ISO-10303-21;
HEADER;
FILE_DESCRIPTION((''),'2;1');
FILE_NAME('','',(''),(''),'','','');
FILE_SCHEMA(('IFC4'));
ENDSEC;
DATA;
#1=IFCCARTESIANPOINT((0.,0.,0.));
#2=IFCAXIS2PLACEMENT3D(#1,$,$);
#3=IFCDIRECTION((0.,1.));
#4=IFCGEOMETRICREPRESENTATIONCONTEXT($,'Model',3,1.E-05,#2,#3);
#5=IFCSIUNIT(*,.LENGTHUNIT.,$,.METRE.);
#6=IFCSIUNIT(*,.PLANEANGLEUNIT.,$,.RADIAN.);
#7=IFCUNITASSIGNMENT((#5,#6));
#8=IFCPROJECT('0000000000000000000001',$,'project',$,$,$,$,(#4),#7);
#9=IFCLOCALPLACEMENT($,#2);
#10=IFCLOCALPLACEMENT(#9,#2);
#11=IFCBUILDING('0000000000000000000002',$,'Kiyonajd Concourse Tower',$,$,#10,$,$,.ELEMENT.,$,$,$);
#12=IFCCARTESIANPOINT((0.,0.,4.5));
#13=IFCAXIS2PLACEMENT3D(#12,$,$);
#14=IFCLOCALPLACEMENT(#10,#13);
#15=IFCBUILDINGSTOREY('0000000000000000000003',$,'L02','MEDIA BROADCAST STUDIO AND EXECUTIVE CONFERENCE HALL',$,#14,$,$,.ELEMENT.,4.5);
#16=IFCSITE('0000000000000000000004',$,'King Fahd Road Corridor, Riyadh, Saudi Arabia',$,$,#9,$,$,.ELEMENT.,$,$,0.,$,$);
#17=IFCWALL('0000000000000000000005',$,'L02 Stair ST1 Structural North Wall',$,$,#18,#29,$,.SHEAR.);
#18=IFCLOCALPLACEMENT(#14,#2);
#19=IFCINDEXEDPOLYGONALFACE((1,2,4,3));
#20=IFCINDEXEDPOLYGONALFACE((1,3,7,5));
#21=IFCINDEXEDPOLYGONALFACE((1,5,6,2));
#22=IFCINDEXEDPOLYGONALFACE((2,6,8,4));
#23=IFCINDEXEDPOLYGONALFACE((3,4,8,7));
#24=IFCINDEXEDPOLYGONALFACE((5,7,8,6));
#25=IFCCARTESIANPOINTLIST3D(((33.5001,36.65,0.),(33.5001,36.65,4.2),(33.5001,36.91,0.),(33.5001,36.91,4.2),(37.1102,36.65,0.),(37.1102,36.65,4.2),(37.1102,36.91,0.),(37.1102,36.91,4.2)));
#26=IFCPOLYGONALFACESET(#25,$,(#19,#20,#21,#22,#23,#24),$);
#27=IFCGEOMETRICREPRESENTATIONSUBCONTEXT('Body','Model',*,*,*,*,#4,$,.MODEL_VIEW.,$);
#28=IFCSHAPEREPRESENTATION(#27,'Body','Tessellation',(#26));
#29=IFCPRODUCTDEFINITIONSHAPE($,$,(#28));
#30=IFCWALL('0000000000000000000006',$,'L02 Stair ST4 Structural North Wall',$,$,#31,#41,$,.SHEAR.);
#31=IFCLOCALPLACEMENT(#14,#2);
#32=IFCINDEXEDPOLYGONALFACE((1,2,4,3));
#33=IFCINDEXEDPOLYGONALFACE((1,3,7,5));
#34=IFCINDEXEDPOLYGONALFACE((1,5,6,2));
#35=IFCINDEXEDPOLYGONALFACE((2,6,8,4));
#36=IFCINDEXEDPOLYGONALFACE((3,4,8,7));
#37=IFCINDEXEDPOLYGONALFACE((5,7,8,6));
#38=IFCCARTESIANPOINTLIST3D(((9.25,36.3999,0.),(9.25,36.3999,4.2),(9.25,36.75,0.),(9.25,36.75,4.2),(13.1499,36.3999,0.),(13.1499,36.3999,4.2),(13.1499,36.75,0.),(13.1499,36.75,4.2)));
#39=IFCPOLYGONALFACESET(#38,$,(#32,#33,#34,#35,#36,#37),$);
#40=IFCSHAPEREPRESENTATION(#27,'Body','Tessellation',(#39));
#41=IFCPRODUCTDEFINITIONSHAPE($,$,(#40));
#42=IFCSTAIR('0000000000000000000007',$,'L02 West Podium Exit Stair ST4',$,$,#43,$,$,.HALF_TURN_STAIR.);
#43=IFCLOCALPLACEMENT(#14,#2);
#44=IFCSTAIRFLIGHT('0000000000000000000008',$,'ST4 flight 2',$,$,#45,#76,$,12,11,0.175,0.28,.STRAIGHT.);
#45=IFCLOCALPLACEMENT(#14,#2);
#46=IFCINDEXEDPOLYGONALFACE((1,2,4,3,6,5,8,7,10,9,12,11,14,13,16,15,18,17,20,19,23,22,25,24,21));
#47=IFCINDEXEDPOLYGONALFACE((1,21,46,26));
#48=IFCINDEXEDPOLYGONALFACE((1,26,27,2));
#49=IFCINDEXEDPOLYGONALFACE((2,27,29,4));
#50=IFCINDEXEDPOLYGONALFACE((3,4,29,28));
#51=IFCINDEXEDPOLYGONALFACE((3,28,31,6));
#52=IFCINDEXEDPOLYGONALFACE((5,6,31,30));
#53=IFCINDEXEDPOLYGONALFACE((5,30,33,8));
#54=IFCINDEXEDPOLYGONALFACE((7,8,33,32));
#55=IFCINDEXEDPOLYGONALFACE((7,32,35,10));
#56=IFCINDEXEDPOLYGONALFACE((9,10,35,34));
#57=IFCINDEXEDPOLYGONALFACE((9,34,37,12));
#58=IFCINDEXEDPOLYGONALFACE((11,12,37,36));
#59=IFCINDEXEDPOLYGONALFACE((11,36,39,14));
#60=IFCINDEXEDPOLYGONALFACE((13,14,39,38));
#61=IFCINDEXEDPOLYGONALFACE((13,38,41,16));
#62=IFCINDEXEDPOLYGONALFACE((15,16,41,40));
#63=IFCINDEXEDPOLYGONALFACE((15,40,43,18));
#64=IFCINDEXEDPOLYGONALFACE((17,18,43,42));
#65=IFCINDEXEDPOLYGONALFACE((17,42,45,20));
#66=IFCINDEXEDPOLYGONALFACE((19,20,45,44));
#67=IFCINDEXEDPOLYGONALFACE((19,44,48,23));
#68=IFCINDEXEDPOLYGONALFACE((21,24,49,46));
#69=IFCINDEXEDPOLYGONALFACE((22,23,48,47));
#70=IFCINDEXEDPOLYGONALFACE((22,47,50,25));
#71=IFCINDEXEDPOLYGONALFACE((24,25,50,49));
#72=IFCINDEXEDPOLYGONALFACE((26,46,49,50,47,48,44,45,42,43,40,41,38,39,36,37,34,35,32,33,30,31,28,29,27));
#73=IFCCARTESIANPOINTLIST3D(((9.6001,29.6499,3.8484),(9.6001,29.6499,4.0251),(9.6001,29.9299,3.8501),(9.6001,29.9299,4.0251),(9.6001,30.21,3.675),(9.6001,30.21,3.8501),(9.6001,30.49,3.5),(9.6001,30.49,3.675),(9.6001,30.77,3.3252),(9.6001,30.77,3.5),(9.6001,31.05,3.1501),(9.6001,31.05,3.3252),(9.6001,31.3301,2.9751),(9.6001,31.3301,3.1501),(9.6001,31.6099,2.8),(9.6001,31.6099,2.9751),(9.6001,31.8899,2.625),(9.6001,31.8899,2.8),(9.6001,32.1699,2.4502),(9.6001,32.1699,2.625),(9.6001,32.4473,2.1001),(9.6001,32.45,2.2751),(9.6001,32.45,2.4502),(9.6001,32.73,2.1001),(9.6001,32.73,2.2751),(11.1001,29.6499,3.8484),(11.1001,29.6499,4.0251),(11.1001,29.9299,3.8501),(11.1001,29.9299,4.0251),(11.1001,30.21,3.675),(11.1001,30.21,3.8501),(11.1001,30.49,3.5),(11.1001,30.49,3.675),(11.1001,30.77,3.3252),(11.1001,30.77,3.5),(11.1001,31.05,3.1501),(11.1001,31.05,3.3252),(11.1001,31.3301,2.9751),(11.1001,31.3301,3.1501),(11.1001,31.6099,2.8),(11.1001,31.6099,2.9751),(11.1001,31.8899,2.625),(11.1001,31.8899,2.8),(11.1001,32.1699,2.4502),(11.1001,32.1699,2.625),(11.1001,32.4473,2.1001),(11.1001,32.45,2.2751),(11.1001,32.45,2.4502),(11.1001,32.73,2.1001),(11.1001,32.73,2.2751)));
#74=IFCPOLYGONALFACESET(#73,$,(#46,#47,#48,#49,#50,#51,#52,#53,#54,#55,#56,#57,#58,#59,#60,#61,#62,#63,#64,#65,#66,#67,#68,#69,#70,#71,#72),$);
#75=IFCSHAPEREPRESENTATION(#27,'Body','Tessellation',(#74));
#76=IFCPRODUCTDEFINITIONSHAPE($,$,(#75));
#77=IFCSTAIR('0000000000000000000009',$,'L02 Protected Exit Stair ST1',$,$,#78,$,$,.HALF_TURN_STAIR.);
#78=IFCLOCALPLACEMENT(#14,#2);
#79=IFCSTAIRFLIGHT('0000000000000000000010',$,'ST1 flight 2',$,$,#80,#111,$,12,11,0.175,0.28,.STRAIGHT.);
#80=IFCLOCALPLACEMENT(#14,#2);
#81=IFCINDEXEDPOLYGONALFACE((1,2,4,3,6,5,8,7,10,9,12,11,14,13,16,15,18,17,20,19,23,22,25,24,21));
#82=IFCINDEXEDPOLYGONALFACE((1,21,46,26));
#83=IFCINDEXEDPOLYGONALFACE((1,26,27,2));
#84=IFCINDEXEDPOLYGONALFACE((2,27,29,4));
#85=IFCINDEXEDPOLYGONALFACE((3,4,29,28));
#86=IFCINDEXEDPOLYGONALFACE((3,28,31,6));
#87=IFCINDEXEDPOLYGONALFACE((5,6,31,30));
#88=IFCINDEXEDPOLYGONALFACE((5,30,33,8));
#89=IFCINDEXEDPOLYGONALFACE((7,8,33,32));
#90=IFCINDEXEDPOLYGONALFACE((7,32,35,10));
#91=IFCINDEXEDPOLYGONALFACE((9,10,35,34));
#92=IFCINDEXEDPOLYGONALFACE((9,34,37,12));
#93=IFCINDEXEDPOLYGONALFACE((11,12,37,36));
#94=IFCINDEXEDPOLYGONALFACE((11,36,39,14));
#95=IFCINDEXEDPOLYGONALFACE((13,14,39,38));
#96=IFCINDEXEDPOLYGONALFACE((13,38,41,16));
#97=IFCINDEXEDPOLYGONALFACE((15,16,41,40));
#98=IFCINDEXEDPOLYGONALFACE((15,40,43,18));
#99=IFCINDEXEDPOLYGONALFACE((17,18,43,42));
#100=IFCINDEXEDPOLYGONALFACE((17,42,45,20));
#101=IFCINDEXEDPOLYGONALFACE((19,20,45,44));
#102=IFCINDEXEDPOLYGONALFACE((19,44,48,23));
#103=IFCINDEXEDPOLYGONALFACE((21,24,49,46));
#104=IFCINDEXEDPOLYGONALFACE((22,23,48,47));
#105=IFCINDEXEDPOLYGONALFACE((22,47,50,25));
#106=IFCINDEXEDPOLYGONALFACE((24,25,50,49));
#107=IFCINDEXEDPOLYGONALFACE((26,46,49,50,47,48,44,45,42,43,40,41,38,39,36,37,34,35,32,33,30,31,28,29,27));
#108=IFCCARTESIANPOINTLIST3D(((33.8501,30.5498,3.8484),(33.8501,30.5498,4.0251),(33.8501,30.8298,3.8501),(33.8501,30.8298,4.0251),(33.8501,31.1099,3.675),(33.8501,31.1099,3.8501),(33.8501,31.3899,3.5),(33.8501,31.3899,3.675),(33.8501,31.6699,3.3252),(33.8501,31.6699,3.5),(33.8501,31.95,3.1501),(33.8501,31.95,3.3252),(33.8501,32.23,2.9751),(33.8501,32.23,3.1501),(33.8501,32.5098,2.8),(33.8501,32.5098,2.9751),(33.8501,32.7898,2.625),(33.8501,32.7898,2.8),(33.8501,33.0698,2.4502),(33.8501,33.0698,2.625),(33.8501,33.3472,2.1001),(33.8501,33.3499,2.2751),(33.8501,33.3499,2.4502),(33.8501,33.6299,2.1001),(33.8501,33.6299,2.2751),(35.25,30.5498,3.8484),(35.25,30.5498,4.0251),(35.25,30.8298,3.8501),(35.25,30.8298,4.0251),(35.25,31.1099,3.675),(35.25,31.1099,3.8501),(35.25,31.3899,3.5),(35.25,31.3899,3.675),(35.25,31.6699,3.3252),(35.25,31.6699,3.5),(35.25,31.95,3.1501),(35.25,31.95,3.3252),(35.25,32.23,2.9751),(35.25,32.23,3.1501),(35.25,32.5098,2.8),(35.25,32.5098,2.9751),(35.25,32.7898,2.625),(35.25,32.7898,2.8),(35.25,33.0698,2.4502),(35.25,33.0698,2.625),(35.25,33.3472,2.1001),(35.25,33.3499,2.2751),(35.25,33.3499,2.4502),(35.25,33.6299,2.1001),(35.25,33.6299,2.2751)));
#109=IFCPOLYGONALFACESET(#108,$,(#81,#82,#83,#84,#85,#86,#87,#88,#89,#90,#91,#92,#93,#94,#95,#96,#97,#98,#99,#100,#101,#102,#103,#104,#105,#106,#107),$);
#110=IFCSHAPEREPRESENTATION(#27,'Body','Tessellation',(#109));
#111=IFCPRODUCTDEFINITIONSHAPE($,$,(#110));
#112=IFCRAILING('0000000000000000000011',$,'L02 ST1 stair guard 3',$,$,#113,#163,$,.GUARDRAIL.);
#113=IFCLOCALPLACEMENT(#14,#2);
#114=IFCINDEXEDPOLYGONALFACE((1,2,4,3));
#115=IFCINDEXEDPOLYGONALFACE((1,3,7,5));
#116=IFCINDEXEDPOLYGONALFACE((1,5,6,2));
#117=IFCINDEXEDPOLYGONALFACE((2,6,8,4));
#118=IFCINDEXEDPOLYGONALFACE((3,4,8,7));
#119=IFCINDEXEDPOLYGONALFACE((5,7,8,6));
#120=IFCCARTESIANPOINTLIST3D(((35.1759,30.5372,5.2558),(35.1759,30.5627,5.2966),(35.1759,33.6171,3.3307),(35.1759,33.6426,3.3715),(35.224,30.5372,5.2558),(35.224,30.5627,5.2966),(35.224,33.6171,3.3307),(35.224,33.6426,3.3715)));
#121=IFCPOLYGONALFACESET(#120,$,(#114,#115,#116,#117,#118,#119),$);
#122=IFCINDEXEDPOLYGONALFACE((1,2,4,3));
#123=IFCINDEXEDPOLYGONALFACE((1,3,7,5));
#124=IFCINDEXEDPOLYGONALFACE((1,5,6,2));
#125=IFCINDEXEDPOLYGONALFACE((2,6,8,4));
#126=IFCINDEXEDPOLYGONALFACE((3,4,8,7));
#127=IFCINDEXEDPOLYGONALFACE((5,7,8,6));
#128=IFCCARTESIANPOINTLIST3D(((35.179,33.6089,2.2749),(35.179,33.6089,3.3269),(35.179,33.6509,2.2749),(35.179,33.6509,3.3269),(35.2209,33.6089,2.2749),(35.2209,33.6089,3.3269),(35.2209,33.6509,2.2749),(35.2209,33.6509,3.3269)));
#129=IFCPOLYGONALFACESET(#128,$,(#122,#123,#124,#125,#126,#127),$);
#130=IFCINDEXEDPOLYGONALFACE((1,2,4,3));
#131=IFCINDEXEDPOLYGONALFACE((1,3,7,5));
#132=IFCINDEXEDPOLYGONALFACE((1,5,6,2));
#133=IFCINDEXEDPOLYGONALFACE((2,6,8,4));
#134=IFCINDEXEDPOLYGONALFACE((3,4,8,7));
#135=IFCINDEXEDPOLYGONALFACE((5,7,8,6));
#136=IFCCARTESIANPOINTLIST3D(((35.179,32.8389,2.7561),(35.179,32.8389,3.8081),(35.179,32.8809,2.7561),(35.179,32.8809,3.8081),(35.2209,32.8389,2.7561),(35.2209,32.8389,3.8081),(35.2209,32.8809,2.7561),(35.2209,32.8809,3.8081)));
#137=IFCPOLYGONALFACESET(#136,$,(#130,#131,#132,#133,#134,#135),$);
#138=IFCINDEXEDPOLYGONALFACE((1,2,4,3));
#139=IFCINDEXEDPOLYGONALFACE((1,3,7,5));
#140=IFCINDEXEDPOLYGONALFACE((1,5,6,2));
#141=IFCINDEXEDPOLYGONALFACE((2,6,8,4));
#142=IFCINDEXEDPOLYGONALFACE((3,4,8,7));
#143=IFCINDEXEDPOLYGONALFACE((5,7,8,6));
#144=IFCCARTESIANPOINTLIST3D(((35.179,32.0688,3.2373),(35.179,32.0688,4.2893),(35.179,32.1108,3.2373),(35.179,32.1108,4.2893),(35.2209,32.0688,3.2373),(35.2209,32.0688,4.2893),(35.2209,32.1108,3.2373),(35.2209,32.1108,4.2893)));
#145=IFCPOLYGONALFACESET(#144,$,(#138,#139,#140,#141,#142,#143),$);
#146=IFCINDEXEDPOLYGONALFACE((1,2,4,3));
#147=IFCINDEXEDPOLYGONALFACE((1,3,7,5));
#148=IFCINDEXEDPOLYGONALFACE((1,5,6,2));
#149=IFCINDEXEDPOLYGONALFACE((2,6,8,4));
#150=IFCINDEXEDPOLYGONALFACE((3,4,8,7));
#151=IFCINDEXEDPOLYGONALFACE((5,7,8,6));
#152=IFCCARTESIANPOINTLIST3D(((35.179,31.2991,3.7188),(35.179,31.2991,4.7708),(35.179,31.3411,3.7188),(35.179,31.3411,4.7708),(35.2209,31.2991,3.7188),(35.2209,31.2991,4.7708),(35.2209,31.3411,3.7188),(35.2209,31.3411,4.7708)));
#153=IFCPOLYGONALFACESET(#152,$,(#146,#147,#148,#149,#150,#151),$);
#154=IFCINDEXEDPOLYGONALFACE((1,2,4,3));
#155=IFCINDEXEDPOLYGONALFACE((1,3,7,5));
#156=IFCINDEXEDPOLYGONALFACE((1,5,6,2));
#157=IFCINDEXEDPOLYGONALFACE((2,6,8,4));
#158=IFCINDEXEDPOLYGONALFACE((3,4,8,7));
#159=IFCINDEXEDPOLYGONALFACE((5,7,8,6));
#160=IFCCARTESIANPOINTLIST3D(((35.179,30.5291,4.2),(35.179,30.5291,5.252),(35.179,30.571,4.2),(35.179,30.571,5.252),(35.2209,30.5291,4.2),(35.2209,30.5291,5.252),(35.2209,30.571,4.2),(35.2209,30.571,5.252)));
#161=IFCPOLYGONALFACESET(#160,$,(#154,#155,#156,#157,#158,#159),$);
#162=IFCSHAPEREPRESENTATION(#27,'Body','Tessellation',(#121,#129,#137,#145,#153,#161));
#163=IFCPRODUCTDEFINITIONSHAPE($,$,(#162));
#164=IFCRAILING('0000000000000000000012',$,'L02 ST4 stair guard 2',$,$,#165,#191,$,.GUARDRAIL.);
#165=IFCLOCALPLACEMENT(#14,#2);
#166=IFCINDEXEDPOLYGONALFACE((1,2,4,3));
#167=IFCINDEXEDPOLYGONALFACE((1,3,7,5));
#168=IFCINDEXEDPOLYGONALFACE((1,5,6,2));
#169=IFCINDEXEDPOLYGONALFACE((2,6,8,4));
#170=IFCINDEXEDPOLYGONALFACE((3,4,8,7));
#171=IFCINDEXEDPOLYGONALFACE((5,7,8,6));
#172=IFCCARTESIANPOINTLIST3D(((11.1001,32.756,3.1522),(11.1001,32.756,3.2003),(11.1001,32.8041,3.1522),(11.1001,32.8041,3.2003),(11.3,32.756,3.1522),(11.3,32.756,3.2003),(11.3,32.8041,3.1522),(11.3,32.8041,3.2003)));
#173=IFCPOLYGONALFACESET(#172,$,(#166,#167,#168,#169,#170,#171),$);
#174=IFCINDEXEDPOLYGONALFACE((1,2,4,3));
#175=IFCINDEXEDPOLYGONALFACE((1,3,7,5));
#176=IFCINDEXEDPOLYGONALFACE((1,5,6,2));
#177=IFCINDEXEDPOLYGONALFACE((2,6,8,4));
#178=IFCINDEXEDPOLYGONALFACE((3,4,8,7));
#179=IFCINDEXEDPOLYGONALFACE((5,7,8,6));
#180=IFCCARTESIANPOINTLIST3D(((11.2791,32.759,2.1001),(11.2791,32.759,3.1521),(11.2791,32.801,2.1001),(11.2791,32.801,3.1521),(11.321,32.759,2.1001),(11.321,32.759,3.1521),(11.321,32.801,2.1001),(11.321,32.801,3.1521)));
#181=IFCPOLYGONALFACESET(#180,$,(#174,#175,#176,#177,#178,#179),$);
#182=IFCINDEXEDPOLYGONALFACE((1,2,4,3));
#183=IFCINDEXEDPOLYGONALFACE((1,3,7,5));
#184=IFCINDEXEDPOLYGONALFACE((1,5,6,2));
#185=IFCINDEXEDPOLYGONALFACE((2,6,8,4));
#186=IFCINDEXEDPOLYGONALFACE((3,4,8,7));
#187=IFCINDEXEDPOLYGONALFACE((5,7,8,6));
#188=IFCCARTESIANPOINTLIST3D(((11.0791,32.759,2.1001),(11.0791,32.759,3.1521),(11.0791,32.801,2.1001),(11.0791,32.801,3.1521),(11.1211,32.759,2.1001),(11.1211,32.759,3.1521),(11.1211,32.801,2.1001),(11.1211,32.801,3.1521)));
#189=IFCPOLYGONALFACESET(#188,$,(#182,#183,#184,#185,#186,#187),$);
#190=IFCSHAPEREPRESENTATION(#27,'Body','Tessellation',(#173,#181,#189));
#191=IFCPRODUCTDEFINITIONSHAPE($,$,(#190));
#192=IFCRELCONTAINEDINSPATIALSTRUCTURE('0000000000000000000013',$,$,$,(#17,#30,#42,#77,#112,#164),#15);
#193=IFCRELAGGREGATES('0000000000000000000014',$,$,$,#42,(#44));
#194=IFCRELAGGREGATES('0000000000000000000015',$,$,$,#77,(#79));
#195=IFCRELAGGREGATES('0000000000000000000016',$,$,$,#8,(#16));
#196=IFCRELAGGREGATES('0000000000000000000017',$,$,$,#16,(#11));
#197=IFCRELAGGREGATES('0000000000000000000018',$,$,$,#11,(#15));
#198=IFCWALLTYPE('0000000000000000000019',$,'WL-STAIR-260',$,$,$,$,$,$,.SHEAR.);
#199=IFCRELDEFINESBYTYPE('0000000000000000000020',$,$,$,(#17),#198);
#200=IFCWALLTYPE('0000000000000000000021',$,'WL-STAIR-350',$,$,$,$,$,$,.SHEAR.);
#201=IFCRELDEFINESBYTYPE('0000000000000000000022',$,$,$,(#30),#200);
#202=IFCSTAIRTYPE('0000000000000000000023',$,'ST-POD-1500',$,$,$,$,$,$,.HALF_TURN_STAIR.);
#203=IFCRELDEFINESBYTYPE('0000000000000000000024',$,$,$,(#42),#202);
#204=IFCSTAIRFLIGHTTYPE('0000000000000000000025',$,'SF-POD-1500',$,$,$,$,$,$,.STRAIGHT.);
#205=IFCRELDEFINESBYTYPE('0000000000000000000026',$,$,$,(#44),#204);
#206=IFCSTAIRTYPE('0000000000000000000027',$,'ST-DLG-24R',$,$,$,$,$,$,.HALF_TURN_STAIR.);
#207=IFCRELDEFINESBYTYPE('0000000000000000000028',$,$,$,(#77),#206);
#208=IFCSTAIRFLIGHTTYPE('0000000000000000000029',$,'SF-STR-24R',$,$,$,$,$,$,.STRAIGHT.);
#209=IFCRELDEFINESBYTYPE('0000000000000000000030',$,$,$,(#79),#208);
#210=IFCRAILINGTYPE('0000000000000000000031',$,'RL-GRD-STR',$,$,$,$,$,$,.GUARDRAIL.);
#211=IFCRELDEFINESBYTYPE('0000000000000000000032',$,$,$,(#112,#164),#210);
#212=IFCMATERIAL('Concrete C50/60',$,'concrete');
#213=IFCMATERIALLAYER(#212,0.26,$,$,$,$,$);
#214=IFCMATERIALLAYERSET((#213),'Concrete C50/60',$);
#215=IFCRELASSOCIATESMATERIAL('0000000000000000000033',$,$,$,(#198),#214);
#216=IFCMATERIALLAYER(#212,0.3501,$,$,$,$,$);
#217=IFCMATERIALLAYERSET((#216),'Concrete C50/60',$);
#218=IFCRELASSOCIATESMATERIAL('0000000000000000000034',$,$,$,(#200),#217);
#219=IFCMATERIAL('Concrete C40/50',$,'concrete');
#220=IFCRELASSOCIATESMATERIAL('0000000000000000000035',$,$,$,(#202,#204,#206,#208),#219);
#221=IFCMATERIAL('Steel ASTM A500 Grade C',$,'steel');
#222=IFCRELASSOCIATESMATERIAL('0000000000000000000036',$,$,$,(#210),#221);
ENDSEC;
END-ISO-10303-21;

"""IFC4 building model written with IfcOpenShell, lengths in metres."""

from ifc_helpers import new_model, si_unit, direction, frame, frame_2d, origin, origin_2d, place, context, subcontext, project, spatial, polyline, rectangle, outline, extrude, material, layer, layer_set, type_object, element, aggregate, save


model = new_model("IFC4")

# Units and contexts
model_context = context("Model", 3, precision=1e-05, world=origin(), true_north=direction((0.0, 1.0)))
body_context = subcontext(model_context, "Body", "Model", "MODEL_VIEW")
ifc_project = project(units=[si_unit("LENGTHUNIT", "METRE"), si_unit("PLANEANGLEUNIT", "RADIAN")], contexts=[model_context])

# Site, building, storey
site_placement = place(None, origin())
site = spatial("IfcSite", under=ifc_project, at=site_placement, Name="King Fahd Road Corridor, Riyadh, Saudi Arabia", CompositionType="ELEMENT", RefElevation=0.0)
building_placement = place(site_placement, origin())
building = spatial("IfcBuilding", under=site, at=building_placement, Name="Kiyonajd Concourse Tower", CompositionType="ELEMENT")
storey_placement = place(building_placement, frame((0.0, 0.0, 4.5)))
storey = spatial("IfcBuildingStorey", under=building, at=storey_placement, Name="L02", Description="MEDIA BROADCAST STUDIO AND EXECUTIVE CONFERENCE HALL", CompositionType="ELEMENT", Elevation=4.5)

# Shared definitions
ifc_material_1 = material(Name="Concrete C50/60", Category="concrete")

# Walls
ifc_layer_1 = layer(ifc_material_1, 0.26)
ifc_layer_set_1 = layer_set([ifc_layer_1], Name="Concrete C50/60")
wall_type_1 = type_object("IfcWallType", Name="WL-STAIR-260", PredefinedType="SHEAR", material=ifc_layer_set_1)
wall_1_placement = place(storey_placement, frame((33.5, 36.78, 0.0), z_axis=(0.0, 0.0, 1.0), x_axis=(1.0, 0.0, 0.0)))
element("IfcWall", 1, at=wall_1_placement, inside=storey, type_object=wall_type_1, Name="L02 Stair ST1 Structural North Wall", PredefinedType="SHEAR", context=body_context, shape_type="SweptSolid", body=[
    extrude(rectangle(XDim=3.6101, YDim=0.26, at=frame_2d((1.8052, 0.0))), origin(), (0.0, 0.0, 1.0), 4.2),
])
ifc_layer_2 = layer(ifc_material_1, 0.3501)
ifc_layer_set_2 = layer_set([ifc_layer_2], Name="Concrete C50/60")
wall_type_2 = type_object("IfcWallType", Name="WL-STAIR-350", PredefinedType="SHEAR", material=ifc_layer_set_2)
wall_2_placement = place(storey_placement, frame((9.25, 36.575, 0.0), z_axis=(0.0, 0.0, 1.0), x_axis=(1.0, 0.0, 0.0)))
element("IfcWall", 2, at=wall_2_placement, inside=storey, type_object=wall_type_2, Name="L02 Stair ST4 Structural North Wall", PredefinedType="SHEAR", context=body_context, shape_type="SweptSolid", body=[
    extrude(rectangle(XDim=3.8999, YDim=0.3501, at=frame_2d((1.95, 0.0))), origin(), (0.0, 0.0, 1.0), 4.2),
])

# Stairs, stair flights
ifc_material_2 = material(Name="Concrete C40/50", Category="concrete")
stair_type_1 = type_object("IfcStairType", Name="ST-POD-1500", PredefinedType="HALF_TURN_STAIR", material=ifc_material_2)
stair_1_placement = place(storey_placement, origin())
stair_1 = element("IfcStair", 3, at=stair_1_placement, inside=storey, type_object=stair_type_1, Name="L02 West Podium Exit Stair ST4", PredefinedType="HALF_TURN_STAIR")
stair_flight_type_1 = type_object("IfcStairFlightType", Name="SF-POD-1500", PredefinedType="STRAIGHT", material=ifc_material_2)
stair_flight_1_placement = place(storey_placement, frame((10.3501, 32.73, 2.1001), z_axis=(0.0, 0.0, 1.0), x_axis=(0.0, -1.0, 0.0)))
stair_flight_1 = element("IfcStairFlight", 4, at=stair_flight_1_placement, type_object=stair_flight_type_1, Name="ST4 flight 2", NumberOfRisers=12, NumberOfTreads=11, PredefinedType="STRAIGHT", RiserHeight=0.175, TreadLength=0.28, context=body_context, shape_type="SweptSolid", body=[
    extrude(outline(polyline([(0.0, 0.0), (0.0, 0.175), (0.28, 0.175), (0.28, 0.3501), (0.5601, 0.3501), (0.5601, 0.5249), (0.8401, 0.5249), (0.8401, 0.7), (1.1201, 0.7), (1.1201, 0.875), (1.3999, 0.875), (1.3999, 1.05), (1.6799, 1.05), (1.6799, 1.2251), (1.96, 1.2251), (1.96, 1.3999), (2.24, 1.3999), (2.24, 1.575), (2.52, 1.575), (2.52, 1.75), (2.8, 1.75), (2.8, 1.925), (3.0801, 1.925), (3.0801, 2.1001), (3.0801, 1.7483), (0.2827, 0.0), (0.0, 0.0)])), frame((0.0, 0.75, 0.0), z_axis=(0.0, -1.0, 0.0), x_axis=(1.0, 0.0, 0.0)), (0.0, 0.0, 1.0), 1.5),
])
aggregate(stair_1, [stair_flight_1])
stair_type_2 = type_object("IfcStairType", Name="ST-DLG-24R", PredefinedType="HALF_TURN_STAIR", material=ifc_material_2)
stair_2_placement = place(storey_placement, origin())
stair_2 = element("IfcStair", 5, at=stair_2_placement, inside=storey, type_object=stair_type_2, Name="L02 Protected Exit Stair ST1", PredefinedType="HALF_TURN_STAIR")
stair_flight_type_2 = type_object("IfcStairFlightType", Name="SF-STR-24R", PredefinedType="STRAIGHT", material=ifc_material_2)
stair_flight_2_placement = place(storey_placement, frame((34.55, 33.6299, 2.1001), z_axis=(0.0, 0.0, 1.0), x_axis=(0.0, -1.0, 0.0)))
stair_flight_2 = element("IfcStairFlight", 6, at=stair_flight_2_placement, type_object=stair_flight_type_2, Name="ST1 flight 2", NumberOfRisers=12, NumberOfTreads=11, PredefinedType="STRAIGHT", RiserHeight=0.175, TreadLength=0.28, context=body_context, shape_type="SweptSolid", body=[
    extrude(outline(polyline([(0.0, 0.0), (0.0, 0.175), (0.28, 0.175), (0.28, 0.3501), (0.5601, 0.3501), (0.5601, 0.5249), (0.8401, 0.5249), (0.8401, 0.7), (1.1201, 0.7), (1.1201, 0.875), (1.3999, 0.875), (1.3999, 1.05), (1.6799, 1.05), (1.6799, 1.2251), (1.96, 1.2251), (1.96, 1.3999), (2.24, 1.3999), (2.24, 1.575), (2.52, 1.575), (2.52, 1.75), (2.8, 1.75), (2.8, 1.925), (3.0801, 1.925), (3.0801, 2.1001), (3.0801, 1.7483), (0.2827, 0.0), (0.0, 0.0)])), frame((0.0, 0.7, 0.0), z_axis=(0.0, -1.0, 0.0), x_axis=(1.0, 0.0, 0.0)), (0.0, 0.0, 1.0), 1.3999),
])
aggregate(stair_2, [stair_flight_2])

# Railings
ifc_material_3 = material(Name="Steel ASTM A500 Grade C", Category="steel")
railing_type_1 = type_object("IfcRailingType", Name="RL-GRD-STR", PredefinedType="GUARDRAIL", material=ifc_material_3)
railing_1_placement = place(storey_placement, frame((35.2, 33.6299, 2.2749)))
element("IfcRailing", 7, at=railing_1_placement, inside=storey, type_object=railing_type_1, Name="L02 ST1 stair guard 3", PredefinedType="GUARDRAIL", context=body_context, shape_type="SweptSolid", body=[
    extrude(rectangle(XDim=0.0481, YDim=0.0481, at=origin_2d()), frame((0.0, 0.0, 1.0762), z_axis=(0.0, -0.847979, 0.530029), x_axis=(1.0, 0.0, 0.0)), (0.0, 0.0, 1.0), 3.6321),
    extrude(rectangle(XDim=0.042, YDim=0.042, at=origin_2d()), origin(), (0.0, 0.0, 1.0), 1.052),
    extrude(rectangle(XDim=0.042, YDim=0.042, at=origin_2d()), frame((0.0, -0.77, 0.4812)), (0.0, 0.0, 1.0), 1.052),
    extrude(rectangle(XDim=0.042, YDim=0.042, at=origin_2d()), frame((0.0, -1.54, 0.9624)), (0.0, 0.0, 1.0), 1.052),
    extrude(rectangle(XDim=0.042, YDim=0.042, at=origin_2d()), frame((0.0, -2.3098, 1.4438)), (0.0, 0.0, 1.0), 1.052),
    extrude(rectangle(XDim=0.042, YDim=0.042, at=origin_2d()), frame((0.0, -3.0798, 1.925)), (0.0, 0.0, 1.0), 1.052),
])
railing_2_placement = place(storey_placement, frame((11.3, 32.78, 2.1001)))
element("IfcRailing", 8, at=railing_2_placement, inside=storey, type_object=railing_type_1, Name="L02 ST4 stair guard 2", PredefinedType="GUARDRAIL", context=body_context, shape_type="SweptSolid", body=[
    extrude(rectangle(XDim=0.0481, YDim=0.0481, at=origin_2d()), frame((0.0, 0.0, 1.0762), z_axis=(-1.0, 0.0, 0.0), x_axis=(0.0, -1.0, 0.0)), (0.0, 0.0, 1.0), 0.2),
    extrude(rectangle(XDim=0.042, YDim=0.042, at=origin_2d()), origin(), (0.0, 0.0, 1.0), 1.052),
    extrude(rectangle(XDim=0.042, YDim=0.042, at=origin_2d()), frame((-0.2, 0.0, 0.0)), (0.0, 0.0, 1.0), 1.052),
])

save(model, "model.ifc")
